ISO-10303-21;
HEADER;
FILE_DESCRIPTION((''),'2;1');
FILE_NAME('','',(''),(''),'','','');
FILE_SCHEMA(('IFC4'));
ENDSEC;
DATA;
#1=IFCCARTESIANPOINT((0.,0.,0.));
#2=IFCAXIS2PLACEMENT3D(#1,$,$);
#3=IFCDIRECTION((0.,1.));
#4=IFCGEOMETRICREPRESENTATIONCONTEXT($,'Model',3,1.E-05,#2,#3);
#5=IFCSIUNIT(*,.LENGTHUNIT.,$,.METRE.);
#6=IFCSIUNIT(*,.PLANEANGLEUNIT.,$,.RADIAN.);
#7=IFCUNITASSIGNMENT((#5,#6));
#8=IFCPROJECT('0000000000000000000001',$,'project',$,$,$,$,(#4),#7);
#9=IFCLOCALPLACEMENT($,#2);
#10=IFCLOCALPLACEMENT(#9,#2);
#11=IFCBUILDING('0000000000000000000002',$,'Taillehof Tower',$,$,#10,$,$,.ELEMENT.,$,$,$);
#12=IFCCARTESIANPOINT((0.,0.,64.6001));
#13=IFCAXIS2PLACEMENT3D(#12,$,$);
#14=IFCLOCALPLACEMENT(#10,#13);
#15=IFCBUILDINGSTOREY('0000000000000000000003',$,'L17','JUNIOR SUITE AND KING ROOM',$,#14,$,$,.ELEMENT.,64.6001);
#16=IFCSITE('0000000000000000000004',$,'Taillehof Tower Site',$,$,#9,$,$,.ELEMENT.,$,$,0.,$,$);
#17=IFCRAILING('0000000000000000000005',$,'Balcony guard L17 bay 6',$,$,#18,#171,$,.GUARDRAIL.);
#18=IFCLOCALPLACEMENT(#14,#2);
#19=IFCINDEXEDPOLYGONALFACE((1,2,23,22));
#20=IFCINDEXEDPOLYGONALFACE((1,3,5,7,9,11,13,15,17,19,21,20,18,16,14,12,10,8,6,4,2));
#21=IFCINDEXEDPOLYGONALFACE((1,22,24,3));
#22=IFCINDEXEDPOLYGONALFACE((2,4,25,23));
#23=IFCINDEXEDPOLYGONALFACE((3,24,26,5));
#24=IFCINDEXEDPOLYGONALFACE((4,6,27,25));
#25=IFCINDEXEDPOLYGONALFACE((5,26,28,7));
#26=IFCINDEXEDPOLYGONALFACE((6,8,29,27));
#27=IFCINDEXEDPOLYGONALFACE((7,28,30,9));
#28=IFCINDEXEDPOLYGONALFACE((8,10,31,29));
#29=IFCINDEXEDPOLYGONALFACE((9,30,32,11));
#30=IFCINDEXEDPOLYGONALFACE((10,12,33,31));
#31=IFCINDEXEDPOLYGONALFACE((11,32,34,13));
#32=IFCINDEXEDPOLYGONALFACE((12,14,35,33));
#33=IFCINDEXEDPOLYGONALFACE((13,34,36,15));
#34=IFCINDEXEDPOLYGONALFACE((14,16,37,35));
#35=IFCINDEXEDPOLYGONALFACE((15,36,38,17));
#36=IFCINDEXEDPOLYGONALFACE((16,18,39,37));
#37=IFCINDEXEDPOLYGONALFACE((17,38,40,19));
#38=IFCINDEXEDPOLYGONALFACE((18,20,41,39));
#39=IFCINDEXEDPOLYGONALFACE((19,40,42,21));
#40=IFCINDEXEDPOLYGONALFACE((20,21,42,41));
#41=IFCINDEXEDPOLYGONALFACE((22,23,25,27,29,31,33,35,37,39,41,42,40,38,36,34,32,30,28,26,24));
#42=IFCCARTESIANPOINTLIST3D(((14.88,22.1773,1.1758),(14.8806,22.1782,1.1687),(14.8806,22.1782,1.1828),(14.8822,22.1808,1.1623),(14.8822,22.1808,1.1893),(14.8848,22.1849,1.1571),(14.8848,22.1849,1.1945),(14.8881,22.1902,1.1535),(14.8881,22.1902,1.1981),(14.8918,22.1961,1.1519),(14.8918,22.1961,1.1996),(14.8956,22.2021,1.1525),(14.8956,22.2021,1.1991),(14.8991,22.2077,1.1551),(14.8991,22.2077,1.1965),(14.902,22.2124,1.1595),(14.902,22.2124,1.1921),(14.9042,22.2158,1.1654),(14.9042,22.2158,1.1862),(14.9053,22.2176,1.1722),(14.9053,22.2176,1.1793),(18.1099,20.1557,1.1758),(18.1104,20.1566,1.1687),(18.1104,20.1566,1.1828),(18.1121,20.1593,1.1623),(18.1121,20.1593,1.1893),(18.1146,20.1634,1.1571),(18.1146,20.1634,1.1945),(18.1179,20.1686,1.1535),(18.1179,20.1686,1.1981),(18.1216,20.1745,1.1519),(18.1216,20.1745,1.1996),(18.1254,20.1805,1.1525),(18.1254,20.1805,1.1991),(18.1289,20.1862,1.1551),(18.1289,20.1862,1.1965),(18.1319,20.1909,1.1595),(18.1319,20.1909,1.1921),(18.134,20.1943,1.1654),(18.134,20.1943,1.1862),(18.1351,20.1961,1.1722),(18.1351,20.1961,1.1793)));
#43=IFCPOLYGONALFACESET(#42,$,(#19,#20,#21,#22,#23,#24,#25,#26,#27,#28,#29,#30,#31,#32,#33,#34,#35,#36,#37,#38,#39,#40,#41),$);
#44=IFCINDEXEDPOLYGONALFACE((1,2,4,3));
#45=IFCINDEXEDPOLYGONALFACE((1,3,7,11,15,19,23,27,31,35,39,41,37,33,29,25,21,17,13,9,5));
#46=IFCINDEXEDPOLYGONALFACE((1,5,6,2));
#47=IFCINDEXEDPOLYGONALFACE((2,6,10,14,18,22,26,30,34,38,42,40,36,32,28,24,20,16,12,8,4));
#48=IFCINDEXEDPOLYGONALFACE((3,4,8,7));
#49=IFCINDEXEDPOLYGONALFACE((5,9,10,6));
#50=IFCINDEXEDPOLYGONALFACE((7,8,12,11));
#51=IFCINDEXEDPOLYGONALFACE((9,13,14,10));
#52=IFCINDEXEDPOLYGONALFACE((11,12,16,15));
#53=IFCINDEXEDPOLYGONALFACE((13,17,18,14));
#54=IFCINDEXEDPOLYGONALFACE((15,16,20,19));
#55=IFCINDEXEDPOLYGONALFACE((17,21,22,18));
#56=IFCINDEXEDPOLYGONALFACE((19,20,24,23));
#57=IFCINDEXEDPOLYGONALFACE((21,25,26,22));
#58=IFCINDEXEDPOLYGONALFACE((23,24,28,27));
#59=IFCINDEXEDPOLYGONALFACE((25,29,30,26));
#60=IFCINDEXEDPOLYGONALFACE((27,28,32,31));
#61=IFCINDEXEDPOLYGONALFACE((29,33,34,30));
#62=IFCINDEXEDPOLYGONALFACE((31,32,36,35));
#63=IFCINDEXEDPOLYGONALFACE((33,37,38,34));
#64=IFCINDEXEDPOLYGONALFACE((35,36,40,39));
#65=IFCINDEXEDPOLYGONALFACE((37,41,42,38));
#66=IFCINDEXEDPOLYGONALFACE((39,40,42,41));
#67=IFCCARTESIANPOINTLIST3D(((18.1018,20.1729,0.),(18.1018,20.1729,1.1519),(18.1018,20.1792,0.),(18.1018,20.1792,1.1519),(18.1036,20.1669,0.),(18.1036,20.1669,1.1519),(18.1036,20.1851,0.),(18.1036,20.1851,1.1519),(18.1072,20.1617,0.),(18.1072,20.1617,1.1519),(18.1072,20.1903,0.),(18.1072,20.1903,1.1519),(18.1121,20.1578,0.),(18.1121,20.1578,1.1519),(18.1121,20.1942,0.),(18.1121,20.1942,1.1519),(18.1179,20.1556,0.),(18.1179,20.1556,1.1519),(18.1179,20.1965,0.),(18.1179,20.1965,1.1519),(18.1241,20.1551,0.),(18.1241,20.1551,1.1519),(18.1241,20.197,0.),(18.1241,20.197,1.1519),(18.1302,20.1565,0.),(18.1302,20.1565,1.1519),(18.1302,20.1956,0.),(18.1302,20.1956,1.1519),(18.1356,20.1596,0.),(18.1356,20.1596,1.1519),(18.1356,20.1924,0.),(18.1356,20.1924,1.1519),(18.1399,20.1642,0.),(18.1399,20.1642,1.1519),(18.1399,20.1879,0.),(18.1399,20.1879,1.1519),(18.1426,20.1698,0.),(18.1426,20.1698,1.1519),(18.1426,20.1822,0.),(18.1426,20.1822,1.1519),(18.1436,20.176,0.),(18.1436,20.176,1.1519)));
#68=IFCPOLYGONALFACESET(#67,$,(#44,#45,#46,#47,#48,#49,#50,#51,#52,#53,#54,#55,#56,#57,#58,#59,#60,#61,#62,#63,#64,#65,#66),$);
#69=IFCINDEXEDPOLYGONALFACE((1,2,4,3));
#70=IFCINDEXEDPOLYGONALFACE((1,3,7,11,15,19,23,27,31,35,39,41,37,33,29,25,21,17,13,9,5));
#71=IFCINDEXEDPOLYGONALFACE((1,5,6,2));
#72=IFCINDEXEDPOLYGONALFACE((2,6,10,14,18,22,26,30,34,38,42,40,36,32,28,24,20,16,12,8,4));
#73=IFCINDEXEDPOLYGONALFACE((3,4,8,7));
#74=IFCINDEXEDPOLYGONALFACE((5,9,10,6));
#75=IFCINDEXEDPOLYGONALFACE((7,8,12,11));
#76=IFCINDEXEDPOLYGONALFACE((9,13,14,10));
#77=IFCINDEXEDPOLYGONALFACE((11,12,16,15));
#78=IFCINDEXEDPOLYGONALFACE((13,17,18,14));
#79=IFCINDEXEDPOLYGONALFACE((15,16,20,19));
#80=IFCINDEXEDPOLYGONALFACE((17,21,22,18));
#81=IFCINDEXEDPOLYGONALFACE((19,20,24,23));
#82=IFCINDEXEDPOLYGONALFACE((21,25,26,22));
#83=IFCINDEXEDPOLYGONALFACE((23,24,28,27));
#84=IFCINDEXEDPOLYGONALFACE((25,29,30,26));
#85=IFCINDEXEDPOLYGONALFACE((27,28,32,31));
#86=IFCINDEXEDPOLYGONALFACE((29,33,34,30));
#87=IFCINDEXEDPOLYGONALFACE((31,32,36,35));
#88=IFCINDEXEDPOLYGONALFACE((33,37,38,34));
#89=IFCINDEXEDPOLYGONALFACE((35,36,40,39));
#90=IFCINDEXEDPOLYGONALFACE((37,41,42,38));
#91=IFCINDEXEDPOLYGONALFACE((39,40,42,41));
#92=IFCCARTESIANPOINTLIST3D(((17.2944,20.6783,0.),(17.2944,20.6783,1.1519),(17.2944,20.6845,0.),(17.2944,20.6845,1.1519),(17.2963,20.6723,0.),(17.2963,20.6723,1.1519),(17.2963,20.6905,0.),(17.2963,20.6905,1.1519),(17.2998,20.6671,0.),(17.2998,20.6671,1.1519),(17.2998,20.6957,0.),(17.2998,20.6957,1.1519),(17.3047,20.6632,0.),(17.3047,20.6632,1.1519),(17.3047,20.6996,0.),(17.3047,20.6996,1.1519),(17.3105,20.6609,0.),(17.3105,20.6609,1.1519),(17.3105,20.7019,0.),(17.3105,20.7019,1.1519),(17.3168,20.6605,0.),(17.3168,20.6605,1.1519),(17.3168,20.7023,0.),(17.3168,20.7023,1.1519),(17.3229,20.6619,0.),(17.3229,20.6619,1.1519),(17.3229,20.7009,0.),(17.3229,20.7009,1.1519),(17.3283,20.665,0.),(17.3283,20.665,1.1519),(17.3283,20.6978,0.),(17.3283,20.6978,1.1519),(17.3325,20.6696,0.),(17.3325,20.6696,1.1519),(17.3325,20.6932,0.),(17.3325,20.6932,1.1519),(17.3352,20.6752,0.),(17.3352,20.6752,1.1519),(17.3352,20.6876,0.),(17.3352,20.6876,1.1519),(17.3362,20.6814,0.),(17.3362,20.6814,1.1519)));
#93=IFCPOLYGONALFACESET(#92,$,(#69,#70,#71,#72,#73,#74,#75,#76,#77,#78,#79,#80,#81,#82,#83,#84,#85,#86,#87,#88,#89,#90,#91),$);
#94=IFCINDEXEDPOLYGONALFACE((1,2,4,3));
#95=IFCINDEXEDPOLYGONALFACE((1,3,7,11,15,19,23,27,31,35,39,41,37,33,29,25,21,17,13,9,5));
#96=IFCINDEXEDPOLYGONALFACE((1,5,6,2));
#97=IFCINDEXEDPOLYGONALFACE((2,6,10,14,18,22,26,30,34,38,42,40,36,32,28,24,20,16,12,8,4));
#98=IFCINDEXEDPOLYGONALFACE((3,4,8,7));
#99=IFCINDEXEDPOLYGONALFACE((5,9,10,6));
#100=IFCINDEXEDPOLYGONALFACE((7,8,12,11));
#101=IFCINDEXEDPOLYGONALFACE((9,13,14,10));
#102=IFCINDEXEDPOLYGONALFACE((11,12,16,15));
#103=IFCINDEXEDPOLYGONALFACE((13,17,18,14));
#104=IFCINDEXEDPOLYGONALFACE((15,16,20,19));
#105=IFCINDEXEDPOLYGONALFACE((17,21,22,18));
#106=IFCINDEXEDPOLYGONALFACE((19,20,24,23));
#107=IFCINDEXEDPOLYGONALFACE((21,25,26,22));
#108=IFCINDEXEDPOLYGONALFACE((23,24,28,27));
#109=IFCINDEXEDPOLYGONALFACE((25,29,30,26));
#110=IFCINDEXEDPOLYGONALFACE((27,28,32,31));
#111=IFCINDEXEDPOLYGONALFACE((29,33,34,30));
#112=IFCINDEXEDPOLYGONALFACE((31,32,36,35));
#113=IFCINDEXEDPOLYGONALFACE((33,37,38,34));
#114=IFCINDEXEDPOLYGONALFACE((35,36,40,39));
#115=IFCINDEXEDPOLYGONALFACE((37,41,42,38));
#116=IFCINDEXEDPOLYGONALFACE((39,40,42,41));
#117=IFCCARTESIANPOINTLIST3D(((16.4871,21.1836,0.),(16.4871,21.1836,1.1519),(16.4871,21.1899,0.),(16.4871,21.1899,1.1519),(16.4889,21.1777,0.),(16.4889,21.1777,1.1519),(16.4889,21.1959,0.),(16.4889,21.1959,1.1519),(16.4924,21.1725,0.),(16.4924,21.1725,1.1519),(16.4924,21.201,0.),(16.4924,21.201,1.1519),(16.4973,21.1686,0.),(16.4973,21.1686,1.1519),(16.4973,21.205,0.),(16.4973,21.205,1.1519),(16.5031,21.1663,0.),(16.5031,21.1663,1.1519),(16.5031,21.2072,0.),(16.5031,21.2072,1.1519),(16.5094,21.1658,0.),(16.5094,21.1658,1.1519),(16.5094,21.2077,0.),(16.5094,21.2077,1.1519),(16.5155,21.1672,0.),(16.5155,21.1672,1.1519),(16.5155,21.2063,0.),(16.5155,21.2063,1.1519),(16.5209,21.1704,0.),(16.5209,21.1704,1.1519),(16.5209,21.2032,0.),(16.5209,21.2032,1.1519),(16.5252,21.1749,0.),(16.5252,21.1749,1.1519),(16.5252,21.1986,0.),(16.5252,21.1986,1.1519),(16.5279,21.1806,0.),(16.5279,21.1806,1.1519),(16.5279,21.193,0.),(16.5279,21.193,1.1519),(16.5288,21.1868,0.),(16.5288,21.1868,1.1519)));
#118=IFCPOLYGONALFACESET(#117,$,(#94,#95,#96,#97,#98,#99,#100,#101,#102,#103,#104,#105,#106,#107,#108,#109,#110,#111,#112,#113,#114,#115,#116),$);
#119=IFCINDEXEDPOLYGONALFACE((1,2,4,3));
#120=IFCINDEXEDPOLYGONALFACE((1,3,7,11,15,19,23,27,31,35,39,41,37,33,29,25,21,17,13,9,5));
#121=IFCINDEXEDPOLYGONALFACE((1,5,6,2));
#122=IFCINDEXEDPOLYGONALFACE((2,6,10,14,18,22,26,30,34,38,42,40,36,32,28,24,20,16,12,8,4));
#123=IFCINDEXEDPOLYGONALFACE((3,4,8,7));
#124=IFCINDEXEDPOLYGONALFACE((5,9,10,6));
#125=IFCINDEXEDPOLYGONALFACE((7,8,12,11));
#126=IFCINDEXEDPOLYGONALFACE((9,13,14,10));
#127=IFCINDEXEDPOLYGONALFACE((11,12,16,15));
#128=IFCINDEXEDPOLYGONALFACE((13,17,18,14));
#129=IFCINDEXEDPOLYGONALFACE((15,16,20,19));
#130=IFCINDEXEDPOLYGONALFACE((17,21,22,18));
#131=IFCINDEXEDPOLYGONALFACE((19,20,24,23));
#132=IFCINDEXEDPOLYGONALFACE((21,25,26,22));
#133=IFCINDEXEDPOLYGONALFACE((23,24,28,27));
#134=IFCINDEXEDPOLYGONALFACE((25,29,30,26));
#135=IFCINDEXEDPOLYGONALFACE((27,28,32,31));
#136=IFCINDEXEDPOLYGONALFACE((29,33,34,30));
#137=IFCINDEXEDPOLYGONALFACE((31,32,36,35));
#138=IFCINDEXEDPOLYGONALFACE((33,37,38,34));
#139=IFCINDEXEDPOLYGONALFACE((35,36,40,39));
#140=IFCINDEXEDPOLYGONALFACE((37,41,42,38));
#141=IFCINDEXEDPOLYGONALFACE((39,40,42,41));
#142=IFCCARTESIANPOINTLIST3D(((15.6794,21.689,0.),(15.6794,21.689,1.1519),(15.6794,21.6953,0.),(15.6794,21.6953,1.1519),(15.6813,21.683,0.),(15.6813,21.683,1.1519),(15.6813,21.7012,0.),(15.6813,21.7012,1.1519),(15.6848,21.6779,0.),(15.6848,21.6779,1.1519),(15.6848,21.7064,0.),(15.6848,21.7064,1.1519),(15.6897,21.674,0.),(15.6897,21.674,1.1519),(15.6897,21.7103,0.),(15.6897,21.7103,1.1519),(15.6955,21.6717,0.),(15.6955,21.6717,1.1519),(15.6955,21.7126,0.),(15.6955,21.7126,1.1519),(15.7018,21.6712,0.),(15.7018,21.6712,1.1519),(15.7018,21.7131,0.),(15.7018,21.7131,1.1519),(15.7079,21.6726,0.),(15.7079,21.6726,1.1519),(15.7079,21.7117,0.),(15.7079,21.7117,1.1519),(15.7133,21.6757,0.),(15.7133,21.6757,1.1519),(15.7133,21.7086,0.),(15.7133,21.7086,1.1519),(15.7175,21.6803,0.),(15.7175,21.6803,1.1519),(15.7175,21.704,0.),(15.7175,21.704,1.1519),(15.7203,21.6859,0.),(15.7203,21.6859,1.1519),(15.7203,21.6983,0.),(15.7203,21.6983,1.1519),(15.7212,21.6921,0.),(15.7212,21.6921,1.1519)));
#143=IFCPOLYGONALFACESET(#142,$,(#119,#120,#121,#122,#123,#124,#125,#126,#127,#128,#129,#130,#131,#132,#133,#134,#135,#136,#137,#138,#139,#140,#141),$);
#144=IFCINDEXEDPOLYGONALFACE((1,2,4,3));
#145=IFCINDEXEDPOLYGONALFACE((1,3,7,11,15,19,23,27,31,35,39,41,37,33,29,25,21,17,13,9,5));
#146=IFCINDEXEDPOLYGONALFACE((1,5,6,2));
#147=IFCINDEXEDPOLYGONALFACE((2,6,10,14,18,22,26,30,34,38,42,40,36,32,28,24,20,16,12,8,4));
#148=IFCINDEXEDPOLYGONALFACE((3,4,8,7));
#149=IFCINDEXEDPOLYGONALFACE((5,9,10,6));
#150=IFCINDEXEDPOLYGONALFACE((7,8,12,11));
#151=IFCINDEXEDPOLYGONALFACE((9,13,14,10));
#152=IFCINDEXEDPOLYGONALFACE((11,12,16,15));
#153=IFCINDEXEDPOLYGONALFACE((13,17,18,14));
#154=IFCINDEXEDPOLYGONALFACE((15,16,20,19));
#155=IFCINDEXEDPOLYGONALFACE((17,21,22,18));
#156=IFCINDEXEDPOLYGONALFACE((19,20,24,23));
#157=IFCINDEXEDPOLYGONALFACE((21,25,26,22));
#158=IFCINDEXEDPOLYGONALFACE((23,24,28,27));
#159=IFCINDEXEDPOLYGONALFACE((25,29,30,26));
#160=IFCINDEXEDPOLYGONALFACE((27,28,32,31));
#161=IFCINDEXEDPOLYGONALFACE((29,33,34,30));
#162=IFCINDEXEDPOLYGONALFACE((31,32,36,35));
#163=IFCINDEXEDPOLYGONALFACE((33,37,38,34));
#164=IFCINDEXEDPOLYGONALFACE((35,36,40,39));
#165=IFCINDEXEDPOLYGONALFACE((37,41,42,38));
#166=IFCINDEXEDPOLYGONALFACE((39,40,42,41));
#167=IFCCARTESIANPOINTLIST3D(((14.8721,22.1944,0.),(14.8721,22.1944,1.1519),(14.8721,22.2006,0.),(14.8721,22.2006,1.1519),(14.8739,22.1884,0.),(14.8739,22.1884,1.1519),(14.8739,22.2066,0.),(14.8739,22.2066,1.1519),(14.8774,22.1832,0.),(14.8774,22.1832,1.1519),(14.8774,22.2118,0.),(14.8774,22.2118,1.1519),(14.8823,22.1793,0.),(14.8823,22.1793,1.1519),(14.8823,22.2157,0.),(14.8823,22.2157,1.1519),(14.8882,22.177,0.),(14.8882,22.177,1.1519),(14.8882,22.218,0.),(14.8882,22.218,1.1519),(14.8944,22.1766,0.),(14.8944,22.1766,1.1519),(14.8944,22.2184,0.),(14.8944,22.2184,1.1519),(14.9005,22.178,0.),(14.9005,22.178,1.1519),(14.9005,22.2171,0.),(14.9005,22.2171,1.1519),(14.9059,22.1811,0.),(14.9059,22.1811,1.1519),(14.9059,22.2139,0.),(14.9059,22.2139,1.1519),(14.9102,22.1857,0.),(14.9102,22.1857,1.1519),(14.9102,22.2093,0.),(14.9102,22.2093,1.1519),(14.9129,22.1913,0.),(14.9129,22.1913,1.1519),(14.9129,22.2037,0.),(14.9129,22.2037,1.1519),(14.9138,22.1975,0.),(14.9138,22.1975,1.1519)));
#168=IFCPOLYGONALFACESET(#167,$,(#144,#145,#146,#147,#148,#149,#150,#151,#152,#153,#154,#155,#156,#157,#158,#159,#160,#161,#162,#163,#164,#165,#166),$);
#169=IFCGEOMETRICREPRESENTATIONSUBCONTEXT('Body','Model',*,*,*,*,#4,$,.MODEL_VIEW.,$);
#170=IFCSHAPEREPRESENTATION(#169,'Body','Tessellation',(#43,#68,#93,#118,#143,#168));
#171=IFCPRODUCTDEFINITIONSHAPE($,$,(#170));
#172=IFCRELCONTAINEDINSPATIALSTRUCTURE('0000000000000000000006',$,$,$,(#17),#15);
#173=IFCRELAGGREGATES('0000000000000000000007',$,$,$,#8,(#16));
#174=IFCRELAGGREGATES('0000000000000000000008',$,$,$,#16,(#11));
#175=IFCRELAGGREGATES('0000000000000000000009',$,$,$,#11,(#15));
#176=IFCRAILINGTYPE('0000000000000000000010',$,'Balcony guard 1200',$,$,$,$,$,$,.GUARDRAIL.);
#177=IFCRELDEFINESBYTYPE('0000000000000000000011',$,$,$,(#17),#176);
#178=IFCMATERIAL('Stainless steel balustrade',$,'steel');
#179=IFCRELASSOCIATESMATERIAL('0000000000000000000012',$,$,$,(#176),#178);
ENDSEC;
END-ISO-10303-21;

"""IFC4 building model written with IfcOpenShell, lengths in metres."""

from ifc_helpers import new_model, si_unit, direction, frame, origin, origin_2d, place, context, subcontext, project, spatial, circle, extrude, material, type_object, element, save


model = new_model("IFC4")

# Units and contexts
model_context = context("Model", 3, precision=1e-05, world=origin(), true_north=direction((0.0, 1.0)))
body_context = subcontext(model_context, "Body", "Model", "MODEL_VIEW")
ifc_project = project(units=[si_unit("LENGTHUNIT", "METRE"), si_unit("PLANEANGLEUNIT", "RADIAN")], contexts=[model_context])

# Site, building, storey
site_placement = place(None, origin())
site = spatial("IfcSite", under=ifc_project, at=site_placement, Name="Taillehof Tower Site", CompositionType="ELEMENT", RefElevation=0.0)
building_placement = place(site_placement, origin())
building = spatial("IfcBuilding", under=site, at=building_placement, Name="Taillehof Tower", CompositionType="ELEMENT")
storey_placement = place(building_placement, frame((0.0, 0.0, 64.6001)))
storey = spatial("IfcBuildingStorey", under=building, at=storey_placement, Name="L17", Description="JUNIOR SUITE AND KING ROOM", CompositionType="ELEMENT", Elevation=64.6001)

# Railing
ifc_material_1 = material(Name="Stainless steel balustrade", Category="steel")
railing_type = type_object("IfcRailingType", Name="Balcony guard 1200", PredefinedType="GUARDRAIL", material=ifc_material_1)
railing_1_placement = place(storey_placement, frame((18.1226, 20.176, 0.0)))
element("IfcRailing", 1, at=railing_1_placement, inside=storey, type_object=railing_type, Name="Balcony guard L17 bay 6", PredefinedType="GUARDRAIL", context=body_context, shape_type="SweptSolid", body=[
    extrude(circle(Radius=0.0239, at=origin_2d()), frame((0.0, 0.0, 1.1758), z_axis=(-0.847656, 0.530546, 0.0), x_axis=(-0.530546, -0.847656, 0.0)), (0.0, 0.0, 1.0), 3.8103),
    extrude(circle(Radius=0.021, at=origin_2d()), origin(), (0.0, 0.0, 1.0), 1.1519),
    extrude(circle(Radius=0.021, at=origin_2d()), frame((-0.8074, 0.5054, 0.0)), (0.0, 0.0, 1.0), 1.1519),
    extrude(circle(Radius=0.021, at=origin_2d()), frame((-1.6147, 1.0107, 0.0)), (0.0, 0.0, 1.0), 1.1519),
    extrude(circle(Radius=0.021, at=origin_2d()), frame((-2.4224, 1.5161, 0.0)), (0.0, 0.0, 1.0), 1.1519),
    extrude(circle(Radius=0.021, at=origin_2d()), frame((-3.2297, 2.0215, 0.0)), (0.0, 0.0, 1.0), 1.1519),
])

save(model, "model.ifc")
